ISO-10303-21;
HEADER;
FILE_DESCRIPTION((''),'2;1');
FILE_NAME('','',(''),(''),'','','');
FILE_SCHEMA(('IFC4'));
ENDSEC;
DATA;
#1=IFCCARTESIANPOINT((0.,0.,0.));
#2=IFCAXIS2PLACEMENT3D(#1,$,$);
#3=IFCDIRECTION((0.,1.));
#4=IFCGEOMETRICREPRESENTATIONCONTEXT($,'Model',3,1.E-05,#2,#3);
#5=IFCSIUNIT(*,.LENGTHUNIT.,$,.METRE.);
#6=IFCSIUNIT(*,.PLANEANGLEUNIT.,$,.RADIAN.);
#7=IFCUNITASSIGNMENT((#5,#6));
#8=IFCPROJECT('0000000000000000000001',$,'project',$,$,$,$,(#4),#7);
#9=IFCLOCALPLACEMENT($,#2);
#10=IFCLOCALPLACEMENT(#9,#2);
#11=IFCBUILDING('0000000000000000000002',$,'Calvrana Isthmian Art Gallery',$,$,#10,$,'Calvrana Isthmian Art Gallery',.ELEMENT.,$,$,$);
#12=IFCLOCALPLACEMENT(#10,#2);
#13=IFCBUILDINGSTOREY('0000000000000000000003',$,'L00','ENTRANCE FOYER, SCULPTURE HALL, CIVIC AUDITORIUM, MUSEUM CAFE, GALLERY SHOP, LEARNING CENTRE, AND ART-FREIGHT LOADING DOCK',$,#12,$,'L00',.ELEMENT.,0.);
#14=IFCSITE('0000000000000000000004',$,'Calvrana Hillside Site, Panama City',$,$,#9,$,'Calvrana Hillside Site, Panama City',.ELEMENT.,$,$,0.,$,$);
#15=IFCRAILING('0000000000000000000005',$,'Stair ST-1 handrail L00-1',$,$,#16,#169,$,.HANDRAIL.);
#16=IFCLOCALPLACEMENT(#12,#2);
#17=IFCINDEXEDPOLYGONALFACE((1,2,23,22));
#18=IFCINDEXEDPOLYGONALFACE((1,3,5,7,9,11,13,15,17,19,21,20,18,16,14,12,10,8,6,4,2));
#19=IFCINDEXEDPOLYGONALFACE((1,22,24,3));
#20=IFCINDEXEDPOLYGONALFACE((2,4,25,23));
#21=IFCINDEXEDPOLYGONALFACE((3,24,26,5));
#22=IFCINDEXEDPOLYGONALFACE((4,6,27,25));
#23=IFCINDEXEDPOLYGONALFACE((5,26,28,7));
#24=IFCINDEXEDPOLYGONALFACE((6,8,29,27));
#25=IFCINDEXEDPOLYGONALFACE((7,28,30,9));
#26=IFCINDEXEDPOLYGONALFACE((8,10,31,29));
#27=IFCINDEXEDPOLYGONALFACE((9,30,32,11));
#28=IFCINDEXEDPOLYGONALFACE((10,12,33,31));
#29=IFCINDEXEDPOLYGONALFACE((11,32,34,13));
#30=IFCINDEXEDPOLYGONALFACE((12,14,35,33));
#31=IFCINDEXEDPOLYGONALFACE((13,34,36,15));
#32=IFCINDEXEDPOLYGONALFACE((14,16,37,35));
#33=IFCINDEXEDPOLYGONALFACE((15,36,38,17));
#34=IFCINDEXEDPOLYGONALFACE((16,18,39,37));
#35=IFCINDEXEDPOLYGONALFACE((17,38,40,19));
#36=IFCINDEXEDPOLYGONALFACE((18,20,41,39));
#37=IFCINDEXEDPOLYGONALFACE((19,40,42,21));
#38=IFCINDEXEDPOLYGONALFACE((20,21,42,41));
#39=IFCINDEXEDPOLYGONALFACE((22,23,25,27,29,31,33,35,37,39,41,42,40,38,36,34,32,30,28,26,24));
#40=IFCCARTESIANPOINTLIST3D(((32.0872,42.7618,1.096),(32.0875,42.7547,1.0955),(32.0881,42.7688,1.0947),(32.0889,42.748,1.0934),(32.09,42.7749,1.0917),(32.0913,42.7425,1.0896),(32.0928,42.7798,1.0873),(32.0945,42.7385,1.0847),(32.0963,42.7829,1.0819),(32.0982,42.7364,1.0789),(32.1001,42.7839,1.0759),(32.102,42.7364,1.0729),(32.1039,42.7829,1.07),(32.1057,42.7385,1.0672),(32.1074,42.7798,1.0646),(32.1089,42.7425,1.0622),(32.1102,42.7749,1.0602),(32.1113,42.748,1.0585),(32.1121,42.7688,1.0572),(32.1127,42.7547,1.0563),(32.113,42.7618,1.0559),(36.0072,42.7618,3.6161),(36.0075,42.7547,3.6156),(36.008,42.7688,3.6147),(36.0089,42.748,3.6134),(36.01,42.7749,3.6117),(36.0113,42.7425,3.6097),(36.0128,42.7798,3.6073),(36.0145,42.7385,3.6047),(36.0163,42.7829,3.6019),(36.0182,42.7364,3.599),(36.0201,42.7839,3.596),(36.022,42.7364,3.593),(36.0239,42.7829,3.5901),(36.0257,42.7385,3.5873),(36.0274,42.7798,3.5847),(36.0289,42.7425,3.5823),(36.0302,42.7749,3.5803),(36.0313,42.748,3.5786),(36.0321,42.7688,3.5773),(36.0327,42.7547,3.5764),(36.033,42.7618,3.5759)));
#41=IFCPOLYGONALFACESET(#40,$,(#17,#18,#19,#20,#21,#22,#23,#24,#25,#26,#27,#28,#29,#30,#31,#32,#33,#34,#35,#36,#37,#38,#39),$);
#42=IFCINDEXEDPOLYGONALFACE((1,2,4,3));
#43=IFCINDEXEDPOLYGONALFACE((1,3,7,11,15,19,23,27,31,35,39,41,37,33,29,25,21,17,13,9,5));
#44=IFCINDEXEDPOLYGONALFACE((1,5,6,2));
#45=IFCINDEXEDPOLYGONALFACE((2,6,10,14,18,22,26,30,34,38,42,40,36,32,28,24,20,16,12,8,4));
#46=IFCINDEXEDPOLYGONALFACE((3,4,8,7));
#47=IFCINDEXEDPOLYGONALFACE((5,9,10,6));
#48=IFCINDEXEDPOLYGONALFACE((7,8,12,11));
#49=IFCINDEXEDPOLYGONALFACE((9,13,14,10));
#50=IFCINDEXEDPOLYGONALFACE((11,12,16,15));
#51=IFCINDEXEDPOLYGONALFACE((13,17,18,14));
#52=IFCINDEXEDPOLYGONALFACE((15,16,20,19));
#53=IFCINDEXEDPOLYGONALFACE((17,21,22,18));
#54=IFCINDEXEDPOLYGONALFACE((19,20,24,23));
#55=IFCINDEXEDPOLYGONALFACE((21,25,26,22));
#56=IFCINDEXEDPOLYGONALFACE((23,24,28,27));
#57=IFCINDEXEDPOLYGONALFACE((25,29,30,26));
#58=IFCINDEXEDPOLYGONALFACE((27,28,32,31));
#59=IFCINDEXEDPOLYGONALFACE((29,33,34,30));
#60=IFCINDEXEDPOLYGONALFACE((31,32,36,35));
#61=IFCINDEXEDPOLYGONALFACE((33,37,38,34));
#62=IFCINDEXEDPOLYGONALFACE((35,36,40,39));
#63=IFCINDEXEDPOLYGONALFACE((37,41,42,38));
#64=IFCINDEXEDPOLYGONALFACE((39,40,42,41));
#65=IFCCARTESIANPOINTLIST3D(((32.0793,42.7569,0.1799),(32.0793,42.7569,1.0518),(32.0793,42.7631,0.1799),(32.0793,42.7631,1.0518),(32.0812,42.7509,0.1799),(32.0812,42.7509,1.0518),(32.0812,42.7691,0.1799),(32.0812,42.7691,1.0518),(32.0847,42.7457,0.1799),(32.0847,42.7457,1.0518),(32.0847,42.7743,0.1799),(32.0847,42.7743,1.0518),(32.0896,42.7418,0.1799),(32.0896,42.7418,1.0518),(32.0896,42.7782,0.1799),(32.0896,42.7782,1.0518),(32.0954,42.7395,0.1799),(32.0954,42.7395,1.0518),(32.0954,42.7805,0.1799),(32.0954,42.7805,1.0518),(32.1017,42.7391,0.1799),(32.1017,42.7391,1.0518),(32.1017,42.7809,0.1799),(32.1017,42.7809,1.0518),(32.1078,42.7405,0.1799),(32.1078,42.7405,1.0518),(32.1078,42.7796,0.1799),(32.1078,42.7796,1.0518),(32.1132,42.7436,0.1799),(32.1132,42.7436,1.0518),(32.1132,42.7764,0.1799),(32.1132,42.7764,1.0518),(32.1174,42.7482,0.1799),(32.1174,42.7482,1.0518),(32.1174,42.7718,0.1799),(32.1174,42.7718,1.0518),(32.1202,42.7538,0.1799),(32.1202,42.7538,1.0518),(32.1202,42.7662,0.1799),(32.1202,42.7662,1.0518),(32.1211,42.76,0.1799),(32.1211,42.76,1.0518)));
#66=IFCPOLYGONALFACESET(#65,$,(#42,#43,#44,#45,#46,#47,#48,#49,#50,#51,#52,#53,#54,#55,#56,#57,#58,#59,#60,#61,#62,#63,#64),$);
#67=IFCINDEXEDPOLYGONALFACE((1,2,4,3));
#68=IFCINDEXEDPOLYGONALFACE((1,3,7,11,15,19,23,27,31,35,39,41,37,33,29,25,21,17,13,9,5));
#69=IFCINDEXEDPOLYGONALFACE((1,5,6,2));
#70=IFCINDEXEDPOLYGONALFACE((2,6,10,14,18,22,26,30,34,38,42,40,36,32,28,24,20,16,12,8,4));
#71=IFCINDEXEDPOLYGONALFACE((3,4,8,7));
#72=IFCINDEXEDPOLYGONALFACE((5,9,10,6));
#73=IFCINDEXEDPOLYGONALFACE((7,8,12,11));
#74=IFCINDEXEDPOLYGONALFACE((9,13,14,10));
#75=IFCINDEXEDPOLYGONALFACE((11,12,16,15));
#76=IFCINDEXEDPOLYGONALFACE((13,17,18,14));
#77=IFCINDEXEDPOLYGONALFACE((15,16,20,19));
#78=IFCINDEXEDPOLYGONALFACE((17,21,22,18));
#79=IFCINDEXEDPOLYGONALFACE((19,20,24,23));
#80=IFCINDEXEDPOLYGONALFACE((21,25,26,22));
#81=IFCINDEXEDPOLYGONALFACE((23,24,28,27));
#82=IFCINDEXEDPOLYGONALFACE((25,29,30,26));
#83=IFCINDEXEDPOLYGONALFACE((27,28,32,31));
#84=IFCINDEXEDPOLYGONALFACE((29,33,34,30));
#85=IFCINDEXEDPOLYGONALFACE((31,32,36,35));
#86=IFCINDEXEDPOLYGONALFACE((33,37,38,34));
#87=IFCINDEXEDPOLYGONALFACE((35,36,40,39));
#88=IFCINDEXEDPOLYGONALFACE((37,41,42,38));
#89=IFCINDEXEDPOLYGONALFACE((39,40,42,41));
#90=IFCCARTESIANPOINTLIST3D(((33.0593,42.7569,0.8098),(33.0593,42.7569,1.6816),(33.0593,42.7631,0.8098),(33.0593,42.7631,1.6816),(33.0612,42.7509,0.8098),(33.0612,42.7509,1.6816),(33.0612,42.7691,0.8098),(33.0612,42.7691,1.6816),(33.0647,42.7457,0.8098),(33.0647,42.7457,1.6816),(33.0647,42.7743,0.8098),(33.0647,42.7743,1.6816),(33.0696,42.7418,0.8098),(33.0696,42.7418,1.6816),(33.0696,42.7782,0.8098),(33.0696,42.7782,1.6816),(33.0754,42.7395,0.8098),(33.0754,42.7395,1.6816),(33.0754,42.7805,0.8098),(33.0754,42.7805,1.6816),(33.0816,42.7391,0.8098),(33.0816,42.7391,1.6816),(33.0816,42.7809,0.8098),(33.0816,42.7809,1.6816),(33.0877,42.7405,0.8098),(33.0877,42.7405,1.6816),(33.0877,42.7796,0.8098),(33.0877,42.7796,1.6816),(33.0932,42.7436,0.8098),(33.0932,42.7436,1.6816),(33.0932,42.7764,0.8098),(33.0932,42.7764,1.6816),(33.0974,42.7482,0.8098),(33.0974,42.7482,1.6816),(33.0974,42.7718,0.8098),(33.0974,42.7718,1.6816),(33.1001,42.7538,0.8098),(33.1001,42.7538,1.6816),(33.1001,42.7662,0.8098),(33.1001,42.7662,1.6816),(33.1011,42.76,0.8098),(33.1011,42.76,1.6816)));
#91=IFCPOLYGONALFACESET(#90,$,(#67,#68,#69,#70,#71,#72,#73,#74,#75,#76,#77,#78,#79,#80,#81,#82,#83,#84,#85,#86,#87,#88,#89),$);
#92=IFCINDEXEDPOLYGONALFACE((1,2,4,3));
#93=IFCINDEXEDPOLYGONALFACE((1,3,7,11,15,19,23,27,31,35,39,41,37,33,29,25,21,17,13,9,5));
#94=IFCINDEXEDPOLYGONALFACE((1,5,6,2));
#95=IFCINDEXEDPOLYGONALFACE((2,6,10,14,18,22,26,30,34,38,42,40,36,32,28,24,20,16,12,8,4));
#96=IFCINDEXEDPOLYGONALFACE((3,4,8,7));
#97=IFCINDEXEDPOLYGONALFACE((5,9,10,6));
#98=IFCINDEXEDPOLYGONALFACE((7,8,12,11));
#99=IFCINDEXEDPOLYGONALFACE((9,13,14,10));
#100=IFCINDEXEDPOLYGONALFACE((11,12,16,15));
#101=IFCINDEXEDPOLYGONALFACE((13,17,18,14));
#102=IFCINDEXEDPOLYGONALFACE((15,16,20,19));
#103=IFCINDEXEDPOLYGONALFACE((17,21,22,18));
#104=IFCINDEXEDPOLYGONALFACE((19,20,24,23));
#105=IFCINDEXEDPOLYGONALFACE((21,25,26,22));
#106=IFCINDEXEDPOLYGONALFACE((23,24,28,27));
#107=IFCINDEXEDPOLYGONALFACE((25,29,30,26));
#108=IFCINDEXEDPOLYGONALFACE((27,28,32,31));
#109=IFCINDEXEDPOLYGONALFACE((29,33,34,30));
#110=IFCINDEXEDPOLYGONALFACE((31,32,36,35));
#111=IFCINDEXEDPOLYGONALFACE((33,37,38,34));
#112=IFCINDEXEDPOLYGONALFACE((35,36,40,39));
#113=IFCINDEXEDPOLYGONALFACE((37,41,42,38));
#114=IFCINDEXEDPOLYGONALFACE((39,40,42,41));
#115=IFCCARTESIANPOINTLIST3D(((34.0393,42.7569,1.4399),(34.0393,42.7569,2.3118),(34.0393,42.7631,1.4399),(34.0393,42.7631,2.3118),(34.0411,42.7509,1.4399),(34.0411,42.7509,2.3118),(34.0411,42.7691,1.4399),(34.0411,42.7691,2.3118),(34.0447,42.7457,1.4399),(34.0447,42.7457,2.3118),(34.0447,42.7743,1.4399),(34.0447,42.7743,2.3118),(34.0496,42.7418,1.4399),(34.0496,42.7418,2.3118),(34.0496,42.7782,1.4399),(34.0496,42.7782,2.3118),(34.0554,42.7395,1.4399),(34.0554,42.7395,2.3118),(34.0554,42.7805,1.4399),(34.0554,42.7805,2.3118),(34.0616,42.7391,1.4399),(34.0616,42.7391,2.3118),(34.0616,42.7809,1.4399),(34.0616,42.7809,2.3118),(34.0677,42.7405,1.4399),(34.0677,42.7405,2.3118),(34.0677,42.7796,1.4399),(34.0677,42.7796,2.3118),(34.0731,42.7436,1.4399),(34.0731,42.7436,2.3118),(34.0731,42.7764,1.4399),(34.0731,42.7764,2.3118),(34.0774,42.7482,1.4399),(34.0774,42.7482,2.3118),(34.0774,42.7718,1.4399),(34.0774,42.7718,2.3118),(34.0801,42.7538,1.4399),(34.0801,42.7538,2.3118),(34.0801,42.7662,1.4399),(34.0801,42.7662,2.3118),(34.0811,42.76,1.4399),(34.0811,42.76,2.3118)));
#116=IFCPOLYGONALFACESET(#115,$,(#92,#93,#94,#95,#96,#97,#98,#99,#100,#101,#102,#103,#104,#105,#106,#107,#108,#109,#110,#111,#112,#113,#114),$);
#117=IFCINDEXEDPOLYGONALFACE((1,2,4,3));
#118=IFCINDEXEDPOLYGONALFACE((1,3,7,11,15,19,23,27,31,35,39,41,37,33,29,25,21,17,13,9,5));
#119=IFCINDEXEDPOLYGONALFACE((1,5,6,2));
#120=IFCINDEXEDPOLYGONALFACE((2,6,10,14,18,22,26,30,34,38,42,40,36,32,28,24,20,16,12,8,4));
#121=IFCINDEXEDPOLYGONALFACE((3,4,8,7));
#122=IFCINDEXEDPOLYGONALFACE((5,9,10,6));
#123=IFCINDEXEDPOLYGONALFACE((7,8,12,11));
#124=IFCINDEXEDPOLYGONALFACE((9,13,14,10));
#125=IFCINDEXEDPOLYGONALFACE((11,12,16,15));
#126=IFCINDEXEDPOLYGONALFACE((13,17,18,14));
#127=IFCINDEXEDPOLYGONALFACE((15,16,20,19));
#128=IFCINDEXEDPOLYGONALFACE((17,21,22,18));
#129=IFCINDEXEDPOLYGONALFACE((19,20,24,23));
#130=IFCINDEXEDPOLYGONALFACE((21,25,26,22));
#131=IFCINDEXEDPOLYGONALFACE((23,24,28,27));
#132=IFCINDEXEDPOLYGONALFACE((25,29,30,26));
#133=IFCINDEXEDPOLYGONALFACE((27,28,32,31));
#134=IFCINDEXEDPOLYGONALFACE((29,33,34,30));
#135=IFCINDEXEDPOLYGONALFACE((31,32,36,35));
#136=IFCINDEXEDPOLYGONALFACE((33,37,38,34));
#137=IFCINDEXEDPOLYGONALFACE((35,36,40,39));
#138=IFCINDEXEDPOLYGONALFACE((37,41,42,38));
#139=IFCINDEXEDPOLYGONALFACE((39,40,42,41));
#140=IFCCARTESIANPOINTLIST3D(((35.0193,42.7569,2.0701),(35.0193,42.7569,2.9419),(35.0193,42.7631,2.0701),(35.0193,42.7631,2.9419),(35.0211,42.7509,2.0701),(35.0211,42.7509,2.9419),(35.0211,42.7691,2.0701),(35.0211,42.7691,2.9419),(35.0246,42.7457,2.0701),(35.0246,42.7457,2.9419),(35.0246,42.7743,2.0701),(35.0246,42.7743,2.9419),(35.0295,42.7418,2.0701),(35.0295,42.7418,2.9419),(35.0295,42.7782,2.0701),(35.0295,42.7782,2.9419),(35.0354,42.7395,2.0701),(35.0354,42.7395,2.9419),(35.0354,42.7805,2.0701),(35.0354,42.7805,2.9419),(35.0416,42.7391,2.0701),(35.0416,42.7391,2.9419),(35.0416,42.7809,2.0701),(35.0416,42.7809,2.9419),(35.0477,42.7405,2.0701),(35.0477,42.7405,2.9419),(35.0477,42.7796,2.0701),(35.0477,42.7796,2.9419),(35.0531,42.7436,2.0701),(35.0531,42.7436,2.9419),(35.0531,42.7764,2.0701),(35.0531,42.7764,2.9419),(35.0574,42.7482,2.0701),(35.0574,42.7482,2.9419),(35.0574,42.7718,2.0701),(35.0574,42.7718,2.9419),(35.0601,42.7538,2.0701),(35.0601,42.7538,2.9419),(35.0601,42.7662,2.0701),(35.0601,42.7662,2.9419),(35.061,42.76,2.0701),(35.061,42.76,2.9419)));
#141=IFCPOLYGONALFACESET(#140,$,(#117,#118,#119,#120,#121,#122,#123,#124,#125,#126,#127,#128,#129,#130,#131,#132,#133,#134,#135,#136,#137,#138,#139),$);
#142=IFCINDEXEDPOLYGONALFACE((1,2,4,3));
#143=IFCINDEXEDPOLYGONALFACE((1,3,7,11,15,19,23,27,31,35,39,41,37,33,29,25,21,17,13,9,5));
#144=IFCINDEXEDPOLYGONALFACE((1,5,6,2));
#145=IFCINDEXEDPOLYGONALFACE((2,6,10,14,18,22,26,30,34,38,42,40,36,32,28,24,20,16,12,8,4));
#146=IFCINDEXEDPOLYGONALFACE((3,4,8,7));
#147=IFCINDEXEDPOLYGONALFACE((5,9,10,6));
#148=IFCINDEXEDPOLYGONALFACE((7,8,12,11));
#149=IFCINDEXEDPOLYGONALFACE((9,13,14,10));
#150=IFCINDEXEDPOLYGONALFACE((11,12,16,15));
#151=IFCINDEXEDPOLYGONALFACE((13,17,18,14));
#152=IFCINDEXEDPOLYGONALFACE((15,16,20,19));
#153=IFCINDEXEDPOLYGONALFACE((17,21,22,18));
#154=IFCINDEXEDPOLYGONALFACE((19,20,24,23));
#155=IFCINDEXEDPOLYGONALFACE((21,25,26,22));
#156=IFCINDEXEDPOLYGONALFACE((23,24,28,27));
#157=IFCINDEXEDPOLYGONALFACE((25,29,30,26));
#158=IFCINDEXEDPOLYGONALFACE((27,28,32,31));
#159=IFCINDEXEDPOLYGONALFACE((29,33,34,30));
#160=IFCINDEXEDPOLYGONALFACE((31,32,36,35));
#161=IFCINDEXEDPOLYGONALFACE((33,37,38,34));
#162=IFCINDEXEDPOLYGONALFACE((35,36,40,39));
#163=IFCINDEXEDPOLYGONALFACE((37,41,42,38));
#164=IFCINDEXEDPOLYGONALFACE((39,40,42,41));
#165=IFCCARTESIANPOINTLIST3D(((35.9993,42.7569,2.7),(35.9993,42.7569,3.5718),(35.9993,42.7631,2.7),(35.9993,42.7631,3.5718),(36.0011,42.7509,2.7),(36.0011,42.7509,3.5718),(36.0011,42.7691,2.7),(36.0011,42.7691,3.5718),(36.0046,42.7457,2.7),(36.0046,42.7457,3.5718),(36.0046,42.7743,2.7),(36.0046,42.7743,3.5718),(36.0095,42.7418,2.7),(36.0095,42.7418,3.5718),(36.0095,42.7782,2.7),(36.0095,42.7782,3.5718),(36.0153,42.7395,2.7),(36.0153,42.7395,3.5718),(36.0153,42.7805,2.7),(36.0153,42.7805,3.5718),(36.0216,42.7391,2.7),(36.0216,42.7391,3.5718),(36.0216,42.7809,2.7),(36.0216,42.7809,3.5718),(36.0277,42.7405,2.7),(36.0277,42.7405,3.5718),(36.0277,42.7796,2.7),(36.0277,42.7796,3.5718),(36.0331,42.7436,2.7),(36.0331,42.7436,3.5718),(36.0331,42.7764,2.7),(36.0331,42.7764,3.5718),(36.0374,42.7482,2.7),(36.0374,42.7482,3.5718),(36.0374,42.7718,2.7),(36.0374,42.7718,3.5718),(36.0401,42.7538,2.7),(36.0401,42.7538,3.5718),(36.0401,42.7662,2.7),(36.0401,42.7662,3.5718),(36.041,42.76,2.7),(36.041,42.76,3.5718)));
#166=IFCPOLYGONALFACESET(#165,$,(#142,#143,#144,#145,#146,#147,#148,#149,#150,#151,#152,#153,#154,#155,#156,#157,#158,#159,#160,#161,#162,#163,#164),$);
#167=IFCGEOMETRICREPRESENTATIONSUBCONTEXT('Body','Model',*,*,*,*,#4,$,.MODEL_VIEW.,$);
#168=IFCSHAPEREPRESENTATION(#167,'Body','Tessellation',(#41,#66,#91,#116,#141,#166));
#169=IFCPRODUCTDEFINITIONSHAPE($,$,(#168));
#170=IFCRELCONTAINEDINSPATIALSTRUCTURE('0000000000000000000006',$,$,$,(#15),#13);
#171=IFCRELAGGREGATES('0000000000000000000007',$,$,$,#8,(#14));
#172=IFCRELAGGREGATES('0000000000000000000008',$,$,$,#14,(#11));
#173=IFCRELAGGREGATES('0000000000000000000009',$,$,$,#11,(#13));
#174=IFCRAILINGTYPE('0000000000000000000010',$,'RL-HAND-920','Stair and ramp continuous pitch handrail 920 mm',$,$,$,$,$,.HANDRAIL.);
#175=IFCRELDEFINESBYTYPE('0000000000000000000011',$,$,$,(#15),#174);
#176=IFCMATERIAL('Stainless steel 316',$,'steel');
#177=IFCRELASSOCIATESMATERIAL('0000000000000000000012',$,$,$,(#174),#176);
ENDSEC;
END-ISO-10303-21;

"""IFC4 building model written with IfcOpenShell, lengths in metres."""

from ifc_helpers import new_model, si_unit, direction, frame, origin, origin_2d, place, context, subcontext, project, spatial, circle, extrude, material, type_object, element, save


model = new_model("IFC4")

# Units and contexts
model_context = context("Model", 3, precision=1e-05, world=origin(), true_north=direction((0.0, 1.0)))
body_context = subcontext(model_context, "Body", "Model", "MODEL_VIEW")
ifc_project = project(units=[si_unit("LENGTHUNIT", "METRE"), si_unit("PLANEANGLEUNIT", "RADIAN")], contexts=[model_context])

# Site, building, storey
site_placement = place(None, origin())
site = spatial("IfcSite", under=ifc_project, at=site_placement, Name="Calvrana Hillside Site, Panama City", LongName="Calvrana Hillside Site, Panama City", CompositionType="ELEMENT", RefElevation=0.0)
building_placement = place(site_placement, origin())
building = spatial("IfcBuilding", under=site, at=building_placement, Name="Calvrana Isthmian Art Gallery", LongName="Calvrana Isthmian Art Gallery", CompositionType="ELEMENT")
storey_placement = place(building_placement, origin())
storey = spatial("IfcBuildingStorey", under=building, at=storey_placement, Name="L00", Description="ENTRANCE FOYER, SCULPTURE HALL, CIVIC AUDITORIUM, MUSEUM CAFE, GALLERY SHOP, LEARNING CENTRE, AND ART-FREIGHT LOADING DOCK", LongName="L00", CompositionType="ELEMENT", Elevation=0.0)

# Railing
ifc_material_1 = material(Name="Stainless steel 316", Category="steel")
railing_type_1 = type_object("IfcRailingType", Name="RL-HAND-920", Description="Stair and ramp continuous pitch handrail 920 mm", PredefinedType="HANDRAIL", material=ifc_material_1)
railing_1_placement = place(storey_placement, frame((32.1001, 42.76, 0.1799)))
element("IfcRailing", 1, at=railing_1_placement, inside=storey, type_object=railing_type_1, Name="Stair ST-1 handrail L00-1", PredefinedType="HANDRAIL", context=body_context, shape_type="SweptSolid", body=[
    extrude(circle(Radius=0.0239, at=origin_2d()), frame((0.0, 0.0, 0.896), z_axis=(0.841172, 0.0, 0.540768), x_axis=(0.0, 1.0, 0.0)), (0.0, 0.0, 1.0), 4.6602),
    extrude(circle(Radius=0.021, at=origin_2d()), origin(), (0.0, 0.0, 1.0), 0.8718),
    extrude(circle(Radius=0.021, at=origin_2d()), frame((0.98, 0.0, 0.6299)), (0.0, 0.0, 1.0), 0.8718),
    extrude(circle(Radius=0.021, at=origin_2d()), frame((1.96, 0.0, 1.26)), (0.0, 0.0, 1.0), 0.8718),
    extrude(circle(Radius=0.021, at=origin_2d()), frame((2.9399, 0.0, 1.8901)), (0.0, 0.0, 1.0), 0.8718),
    extrude(circle(Radius=0.021, at=origin_2d()), frame((3.9199, 0.0, 2.52)), (0.0, 0.0, 1.0), 0.8718),
])

save(model, "model.ifc")
